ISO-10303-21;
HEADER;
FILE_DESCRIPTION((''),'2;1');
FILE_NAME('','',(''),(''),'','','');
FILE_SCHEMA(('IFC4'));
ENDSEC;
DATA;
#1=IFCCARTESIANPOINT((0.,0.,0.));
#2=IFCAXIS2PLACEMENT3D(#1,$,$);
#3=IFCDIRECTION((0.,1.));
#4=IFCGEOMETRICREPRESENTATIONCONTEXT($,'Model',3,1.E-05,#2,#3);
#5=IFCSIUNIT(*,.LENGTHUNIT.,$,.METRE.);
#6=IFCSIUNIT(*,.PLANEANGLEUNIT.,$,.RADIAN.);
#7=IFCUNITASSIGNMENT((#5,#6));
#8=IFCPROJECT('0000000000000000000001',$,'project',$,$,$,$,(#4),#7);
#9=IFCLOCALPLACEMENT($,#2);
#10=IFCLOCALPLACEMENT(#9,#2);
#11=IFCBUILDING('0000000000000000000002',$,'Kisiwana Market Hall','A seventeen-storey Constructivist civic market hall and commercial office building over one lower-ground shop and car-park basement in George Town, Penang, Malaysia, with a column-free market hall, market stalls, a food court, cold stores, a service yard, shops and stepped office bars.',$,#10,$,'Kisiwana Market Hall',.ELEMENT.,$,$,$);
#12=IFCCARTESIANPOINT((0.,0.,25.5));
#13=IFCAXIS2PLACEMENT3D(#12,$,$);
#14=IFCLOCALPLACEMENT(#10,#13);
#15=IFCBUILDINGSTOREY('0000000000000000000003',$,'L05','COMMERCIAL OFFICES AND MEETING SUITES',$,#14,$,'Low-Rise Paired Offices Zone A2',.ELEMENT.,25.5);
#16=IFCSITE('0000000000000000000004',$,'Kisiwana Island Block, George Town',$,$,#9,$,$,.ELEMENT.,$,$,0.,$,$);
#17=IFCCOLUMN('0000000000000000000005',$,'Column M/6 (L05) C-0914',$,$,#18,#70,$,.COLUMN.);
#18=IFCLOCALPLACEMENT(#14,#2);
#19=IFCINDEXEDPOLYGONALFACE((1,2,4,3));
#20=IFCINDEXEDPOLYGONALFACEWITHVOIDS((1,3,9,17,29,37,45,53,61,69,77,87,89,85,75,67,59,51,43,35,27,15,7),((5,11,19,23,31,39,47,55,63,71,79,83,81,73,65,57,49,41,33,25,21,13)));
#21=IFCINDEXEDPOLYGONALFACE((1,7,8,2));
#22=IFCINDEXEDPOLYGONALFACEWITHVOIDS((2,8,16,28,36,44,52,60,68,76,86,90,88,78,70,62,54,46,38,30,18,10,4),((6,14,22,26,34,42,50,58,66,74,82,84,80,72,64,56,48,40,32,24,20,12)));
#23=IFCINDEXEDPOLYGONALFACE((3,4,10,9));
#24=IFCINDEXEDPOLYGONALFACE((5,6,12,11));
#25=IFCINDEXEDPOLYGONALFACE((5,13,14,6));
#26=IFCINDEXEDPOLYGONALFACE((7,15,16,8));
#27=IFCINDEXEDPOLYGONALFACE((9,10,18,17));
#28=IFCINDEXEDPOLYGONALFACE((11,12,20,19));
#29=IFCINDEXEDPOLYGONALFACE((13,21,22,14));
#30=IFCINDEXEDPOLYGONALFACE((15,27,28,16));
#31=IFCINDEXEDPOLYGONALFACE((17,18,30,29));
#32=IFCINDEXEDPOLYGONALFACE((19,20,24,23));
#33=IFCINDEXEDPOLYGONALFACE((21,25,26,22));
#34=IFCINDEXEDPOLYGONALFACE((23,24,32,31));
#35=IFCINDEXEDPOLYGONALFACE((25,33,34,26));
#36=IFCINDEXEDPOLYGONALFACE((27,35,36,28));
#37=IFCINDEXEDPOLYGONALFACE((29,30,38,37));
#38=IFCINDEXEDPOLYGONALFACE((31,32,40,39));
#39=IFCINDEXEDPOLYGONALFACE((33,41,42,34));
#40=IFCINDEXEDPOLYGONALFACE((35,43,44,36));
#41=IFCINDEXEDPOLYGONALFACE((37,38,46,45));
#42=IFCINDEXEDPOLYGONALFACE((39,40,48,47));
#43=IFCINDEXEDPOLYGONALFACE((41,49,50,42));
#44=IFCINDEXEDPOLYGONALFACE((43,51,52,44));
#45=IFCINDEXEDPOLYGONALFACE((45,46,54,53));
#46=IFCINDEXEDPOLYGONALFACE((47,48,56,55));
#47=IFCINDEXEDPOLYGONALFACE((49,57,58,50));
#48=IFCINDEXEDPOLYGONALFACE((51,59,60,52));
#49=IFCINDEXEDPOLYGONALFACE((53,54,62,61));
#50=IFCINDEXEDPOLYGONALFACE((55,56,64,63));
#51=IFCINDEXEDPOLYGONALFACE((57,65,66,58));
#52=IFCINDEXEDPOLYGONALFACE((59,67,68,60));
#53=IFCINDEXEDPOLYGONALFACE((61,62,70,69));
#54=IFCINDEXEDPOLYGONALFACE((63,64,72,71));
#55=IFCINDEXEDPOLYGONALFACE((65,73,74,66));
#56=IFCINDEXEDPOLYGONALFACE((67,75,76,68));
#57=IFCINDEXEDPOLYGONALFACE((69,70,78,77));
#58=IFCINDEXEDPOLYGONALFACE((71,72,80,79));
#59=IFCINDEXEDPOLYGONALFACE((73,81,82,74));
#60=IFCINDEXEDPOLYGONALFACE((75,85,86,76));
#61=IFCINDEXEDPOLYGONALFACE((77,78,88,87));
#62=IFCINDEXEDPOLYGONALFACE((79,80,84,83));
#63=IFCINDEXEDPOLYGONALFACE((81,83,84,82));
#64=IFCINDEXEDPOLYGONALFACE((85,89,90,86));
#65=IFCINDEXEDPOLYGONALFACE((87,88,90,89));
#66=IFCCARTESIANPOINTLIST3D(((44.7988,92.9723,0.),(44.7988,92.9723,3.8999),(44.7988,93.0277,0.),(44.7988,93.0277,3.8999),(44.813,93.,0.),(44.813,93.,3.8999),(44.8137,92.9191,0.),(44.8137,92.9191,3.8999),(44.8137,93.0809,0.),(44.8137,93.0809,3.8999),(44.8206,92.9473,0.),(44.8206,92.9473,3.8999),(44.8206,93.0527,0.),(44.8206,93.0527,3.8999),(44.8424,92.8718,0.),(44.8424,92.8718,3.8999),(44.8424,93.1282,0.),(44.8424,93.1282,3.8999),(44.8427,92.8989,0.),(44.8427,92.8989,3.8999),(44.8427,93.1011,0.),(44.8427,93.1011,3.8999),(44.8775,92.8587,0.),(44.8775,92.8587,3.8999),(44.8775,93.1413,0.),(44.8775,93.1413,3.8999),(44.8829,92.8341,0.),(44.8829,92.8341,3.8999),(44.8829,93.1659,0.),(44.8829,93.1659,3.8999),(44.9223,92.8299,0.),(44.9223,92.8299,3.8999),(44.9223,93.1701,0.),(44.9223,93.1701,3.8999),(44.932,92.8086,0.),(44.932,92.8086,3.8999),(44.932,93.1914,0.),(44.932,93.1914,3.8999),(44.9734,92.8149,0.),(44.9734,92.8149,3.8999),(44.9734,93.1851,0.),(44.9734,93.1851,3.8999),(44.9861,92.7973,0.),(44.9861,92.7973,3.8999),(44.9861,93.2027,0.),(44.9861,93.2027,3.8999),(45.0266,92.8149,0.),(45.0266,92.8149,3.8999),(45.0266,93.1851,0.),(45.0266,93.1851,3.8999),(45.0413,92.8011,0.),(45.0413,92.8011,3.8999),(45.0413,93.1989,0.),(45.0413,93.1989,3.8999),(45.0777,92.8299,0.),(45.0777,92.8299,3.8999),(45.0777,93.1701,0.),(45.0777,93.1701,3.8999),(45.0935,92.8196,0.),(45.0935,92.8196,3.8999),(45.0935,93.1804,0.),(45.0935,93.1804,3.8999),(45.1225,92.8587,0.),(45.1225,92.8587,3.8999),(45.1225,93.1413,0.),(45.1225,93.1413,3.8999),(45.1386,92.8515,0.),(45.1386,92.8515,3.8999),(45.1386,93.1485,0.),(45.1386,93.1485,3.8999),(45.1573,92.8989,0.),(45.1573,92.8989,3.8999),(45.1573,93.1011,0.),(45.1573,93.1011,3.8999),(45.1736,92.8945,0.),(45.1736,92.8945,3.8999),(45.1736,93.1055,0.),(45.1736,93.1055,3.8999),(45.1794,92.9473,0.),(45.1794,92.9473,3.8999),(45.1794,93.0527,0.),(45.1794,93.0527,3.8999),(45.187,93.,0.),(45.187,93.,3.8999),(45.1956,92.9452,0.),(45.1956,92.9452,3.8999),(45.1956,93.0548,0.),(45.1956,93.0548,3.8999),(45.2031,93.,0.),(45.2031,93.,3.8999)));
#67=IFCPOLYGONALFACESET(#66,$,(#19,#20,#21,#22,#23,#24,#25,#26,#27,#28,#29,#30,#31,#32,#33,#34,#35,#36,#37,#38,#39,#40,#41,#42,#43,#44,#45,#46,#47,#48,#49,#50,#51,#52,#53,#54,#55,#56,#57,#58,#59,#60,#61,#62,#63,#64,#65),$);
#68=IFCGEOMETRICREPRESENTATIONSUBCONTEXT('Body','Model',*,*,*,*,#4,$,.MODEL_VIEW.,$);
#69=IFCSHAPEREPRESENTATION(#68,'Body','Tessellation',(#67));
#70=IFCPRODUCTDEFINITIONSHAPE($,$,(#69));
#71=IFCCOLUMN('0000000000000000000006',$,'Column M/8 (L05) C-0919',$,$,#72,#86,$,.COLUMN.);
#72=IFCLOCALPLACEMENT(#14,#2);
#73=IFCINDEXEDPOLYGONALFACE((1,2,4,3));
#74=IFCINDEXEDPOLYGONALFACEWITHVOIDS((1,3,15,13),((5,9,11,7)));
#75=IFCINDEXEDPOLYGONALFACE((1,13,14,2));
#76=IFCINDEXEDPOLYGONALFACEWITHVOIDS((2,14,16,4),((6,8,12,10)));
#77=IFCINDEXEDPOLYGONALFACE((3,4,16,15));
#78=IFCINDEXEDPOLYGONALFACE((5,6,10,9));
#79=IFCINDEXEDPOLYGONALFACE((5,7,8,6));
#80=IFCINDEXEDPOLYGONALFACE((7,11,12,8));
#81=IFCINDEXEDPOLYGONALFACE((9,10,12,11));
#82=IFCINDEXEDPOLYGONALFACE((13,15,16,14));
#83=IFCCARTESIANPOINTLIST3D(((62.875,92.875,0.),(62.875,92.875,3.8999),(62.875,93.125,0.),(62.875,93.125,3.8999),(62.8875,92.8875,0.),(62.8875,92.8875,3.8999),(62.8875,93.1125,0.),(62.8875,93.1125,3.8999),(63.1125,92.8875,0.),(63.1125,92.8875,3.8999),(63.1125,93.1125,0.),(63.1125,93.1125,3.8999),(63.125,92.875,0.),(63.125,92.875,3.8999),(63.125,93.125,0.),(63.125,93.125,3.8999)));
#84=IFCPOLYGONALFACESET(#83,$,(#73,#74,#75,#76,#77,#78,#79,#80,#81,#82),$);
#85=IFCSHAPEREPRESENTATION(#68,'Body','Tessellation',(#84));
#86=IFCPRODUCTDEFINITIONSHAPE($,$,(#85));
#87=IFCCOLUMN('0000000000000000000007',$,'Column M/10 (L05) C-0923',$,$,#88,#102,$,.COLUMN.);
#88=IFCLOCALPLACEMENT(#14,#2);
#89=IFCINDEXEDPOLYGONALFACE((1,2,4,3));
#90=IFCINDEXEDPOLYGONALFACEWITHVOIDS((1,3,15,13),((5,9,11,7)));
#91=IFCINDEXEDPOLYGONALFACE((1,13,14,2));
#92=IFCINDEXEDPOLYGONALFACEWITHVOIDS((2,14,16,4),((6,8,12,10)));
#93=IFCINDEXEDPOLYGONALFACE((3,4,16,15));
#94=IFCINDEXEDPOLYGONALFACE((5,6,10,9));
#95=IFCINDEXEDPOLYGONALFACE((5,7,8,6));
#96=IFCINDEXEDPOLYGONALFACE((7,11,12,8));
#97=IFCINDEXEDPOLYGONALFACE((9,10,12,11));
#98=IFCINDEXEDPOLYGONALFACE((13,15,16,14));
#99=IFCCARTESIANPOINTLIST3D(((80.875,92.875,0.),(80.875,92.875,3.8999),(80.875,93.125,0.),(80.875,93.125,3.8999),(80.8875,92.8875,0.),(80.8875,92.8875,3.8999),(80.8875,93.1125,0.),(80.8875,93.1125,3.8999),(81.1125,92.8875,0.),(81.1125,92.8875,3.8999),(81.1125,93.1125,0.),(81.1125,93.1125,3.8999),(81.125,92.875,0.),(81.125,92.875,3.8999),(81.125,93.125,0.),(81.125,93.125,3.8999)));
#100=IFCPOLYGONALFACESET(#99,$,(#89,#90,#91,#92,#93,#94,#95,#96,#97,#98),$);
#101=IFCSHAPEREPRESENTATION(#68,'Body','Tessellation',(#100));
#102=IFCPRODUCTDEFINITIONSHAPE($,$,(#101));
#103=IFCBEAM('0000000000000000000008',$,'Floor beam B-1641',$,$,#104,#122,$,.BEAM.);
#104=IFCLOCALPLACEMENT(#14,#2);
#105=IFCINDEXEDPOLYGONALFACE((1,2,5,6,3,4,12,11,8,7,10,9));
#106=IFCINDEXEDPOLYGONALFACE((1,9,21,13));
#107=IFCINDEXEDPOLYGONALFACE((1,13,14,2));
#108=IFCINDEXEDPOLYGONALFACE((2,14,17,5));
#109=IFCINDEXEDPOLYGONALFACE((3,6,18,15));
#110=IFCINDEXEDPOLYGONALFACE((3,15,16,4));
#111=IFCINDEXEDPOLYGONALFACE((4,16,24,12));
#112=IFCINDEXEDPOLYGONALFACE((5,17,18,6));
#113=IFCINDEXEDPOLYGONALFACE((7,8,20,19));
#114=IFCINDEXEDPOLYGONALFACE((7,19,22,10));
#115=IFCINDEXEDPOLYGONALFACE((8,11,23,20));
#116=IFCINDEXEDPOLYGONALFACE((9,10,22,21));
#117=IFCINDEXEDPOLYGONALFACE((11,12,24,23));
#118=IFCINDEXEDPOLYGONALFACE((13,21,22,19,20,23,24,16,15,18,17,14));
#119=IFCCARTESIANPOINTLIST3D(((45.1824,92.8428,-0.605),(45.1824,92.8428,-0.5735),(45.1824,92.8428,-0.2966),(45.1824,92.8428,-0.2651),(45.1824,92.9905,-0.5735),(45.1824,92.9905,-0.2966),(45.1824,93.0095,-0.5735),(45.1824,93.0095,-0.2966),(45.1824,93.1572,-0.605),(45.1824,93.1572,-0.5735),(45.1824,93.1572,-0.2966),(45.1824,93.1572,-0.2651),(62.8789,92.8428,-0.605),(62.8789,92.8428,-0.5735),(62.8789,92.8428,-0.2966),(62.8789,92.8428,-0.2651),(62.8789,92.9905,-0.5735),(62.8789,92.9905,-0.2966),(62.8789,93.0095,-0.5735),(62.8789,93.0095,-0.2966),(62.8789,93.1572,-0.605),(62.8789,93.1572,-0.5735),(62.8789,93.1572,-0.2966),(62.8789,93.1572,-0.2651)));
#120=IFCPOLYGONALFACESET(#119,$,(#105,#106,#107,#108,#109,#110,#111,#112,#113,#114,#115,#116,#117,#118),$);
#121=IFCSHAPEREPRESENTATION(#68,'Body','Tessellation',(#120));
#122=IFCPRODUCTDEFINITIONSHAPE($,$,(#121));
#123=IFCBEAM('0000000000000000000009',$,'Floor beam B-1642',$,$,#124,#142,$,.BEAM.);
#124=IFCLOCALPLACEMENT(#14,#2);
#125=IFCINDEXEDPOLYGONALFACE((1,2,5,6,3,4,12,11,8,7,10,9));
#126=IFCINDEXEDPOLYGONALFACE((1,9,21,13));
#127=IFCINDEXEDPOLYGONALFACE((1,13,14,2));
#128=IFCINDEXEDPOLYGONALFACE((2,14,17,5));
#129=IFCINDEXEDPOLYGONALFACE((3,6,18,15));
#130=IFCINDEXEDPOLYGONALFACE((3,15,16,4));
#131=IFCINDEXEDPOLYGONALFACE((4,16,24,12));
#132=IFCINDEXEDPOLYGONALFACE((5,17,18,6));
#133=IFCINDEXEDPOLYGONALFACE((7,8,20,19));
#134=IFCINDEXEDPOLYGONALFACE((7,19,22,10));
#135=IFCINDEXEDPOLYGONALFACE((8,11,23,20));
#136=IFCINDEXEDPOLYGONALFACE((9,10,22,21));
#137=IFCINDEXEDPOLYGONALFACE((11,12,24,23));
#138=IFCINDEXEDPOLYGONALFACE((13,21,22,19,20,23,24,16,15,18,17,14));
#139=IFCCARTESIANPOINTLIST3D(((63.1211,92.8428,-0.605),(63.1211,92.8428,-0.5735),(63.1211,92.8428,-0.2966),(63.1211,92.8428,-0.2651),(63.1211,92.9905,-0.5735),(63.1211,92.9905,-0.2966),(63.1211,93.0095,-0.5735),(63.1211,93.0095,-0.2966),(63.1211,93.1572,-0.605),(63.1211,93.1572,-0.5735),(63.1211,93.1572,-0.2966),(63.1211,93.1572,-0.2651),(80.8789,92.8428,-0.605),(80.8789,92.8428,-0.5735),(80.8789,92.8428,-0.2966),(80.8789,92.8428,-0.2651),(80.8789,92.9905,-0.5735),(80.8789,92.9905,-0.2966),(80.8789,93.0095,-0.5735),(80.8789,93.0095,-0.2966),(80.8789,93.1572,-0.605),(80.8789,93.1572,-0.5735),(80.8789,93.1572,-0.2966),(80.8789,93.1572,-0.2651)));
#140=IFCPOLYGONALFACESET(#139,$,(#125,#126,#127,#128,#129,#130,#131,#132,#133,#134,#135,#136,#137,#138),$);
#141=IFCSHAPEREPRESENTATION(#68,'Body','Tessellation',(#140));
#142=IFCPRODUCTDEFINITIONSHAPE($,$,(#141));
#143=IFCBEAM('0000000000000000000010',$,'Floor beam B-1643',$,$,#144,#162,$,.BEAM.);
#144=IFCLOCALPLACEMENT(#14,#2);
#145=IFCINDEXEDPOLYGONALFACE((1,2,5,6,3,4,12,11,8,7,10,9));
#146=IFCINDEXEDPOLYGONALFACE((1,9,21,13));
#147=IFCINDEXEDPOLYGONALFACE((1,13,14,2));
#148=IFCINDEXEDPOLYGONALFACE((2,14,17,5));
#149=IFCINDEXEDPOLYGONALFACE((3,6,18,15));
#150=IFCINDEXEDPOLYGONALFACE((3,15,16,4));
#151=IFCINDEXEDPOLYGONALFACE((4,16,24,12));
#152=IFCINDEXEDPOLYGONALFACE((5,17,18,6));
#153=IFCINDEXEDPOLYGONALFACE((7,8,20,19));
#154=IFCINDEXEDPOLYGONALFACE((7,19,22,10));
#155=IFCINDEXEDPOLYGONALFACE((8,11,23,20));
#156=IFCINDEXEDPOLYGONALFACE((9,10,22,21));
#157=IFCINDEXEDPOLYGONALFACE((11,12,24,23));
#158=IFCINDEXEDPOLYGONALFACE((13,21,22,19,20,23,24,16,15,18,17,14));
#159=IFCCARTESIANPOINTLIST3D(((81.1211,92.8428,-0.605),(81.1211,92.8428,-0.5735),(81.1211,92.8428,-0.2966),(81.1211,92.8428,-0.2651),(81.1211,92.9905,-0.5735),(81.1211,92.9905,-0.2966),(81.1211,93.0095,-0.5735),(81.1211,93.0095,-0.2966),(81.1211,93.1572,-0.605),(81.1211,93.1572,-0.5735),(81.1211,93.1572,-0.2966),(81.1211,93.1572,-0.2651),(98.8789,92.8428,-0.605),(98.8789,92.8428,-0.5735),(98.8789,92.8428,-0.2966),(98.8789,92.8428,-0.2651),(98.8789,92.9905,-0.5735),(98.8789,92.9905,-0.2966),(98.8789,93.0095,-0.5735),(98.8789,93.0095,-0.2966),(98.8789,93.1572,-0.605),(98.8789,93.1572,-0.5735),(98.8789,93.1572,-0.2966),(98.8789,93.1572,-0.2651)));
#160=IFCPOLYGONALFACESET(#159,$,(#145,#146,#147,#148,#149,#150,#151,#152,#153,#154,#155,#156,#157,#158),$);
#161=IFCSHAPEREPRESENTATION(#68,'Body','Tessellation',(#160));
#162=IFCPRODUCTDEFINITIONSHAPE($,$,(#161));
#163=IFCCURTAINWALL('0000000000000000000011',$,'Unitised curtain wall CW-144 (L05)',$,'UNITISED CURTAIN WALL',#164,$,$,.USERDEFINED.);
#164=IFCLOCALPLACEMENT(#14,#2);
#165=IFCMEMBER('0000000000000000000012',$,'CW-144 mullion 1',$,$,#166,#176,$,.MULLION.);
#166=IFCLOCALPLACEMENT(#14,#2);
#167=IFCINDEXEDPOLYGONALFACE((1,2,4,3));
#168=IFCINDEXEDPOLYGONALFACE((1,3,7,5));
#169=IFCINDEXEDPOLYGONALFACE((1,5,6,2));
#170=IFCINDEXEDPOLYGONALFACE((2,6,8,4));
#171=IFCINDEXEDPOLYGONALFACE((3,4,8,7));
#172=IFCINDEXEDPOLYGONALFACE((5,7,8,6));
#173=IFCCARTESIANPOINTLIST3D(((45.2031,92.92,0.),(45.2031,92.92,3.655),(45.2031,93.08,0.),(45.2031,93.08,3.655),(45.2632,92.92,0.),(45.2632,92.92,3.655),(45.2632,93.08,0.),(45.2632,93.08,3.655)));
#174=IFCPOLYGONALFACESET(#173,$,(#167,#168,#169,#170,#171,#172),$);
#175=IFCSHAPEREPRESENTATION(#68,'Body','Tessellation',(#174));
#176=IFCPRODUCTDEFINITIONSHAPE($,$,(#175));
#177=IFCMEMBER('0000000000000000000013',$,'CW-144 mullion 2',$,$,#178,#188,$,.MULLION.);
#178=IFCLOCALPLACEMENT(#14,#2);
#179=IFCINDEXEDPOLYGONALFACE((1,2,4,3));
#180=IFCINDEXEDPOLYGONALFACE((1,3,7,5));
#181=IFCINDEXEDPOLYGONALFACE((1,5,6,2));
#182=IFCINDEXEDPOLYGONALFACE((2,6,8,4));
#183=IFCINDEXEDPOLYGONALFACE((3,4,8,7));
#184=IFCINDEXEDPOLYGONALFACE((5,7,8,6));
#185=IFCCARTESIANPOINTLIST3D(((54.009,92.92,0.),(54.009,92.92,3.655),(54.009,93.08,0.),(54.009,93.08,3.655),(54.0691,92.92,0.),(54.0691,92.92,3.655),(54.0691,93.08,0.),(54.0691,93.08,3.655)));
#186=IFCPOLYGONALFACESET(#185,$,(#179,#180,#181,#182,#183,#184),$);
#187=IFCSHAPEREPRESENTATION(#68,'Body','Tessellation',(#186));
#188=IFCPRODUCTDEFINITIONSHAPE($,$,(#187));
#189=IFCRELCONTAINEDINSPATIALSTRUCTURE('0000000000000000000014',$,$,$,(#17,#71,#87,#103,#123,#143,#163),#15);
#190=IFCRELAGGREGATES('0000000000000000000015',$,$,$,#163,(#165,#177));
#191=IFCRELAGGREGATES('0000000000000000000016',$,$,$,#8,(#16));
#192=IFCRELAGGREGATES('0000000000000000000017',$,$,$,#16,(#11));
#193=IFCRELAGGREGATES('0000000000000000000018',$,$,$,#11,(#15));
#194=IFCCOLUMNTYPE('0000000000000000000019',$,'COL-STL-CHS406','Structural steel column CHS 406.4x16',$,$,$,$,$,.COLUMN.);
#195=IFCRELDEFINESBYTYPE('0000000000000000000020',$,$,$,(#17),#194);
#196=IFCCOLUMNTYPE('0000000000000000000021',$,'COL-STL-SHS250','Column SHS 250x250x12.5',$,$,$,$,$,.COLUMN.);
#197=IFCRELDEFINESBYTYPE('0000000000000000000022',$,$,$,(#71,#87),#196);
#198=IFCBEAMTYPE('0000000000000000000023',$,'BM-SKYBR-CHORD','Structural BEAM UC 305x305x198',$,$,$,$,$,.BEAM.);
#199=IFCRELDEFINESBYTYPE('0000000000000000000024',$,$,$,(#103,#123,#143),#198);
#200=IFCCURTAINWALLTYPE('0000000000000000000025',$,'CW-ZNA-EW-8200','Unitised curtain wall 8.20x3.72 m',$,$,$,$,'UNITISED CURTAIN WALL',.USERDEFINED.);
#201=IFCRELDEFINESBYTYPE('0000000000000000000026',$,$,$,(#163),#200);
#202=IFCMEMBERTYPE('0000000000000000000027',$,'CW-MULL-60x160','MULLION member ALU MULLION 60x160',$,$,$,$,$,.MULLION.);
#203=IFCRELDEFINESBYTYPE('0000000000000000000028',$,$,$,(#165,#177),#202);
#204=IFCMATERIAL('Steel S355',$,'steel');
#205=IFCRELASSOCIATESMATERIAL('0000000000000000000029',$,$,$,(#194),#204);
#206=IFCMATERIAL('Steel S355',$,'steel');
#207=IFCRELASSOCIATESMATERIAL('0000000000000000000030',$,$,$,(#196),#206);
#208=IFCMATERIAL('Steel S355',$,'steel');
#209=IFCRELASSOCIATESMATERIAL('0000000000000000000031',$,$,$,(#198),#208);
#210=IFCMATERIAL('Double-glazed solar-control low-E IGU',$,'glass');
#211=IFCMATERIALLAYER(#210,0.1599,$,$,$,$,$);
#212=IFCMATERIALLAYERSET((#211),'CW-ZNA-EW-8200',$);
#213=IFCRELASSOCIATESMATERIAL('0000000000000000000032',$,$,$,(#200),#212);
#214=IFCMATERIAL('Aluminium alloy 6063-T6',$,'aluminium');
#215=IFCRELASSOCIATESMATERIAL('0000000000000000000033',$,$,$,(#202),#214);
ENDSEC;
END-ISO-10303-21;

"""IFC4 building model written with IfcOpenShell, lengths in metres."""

from ifc_helpers import new_model, si_unit, direction, frame, origin, origin_2d, place, context, subcontext, project, spatial, rectangle, hollow_rectangle, hollow_circle, i_section, extrude, material, layer, layer_set, material_profile, profile_set, type_object, element, aggregate, save


model = new_model("IFC4")

# Units and contexts
model_context = context("Model", 3, precision=1e-05, world=origin(), true_north=direction((0.0, 1.0)))
body_context = subcontext(model_context, "Body", "Model", "MODEL_VIEW")
ifc_project = project(units=[si_unit("LENGTHUNIT", "METRE"), si_unit("PLANEANGLEUNIT", "RADIAN")], contexts=[model_context])

# Site, building, storey
site_placement = place(None, origin())
site = spatial("IfcSite", under=ifc_project, at=site_placement, Name="Kisiwana Island Block, George Town", CompositionType="ELEMENT", RefElevation=0.0)
building_placement = place(site_placement, origin())
building = spatial("IfcBuilding", under=site, at=building_placement, Name="Kisiwana Market Hall", Description="A seventeen-storey Constructivist civic market hall and commercial office building over one lower-ground shop and car-park basement in George Town, Penang, Malaysia, with a column-free market hall, market stalls, a food court, cold stores, a service yard, shops and stepped office bars.", LongName="Kisiwana Market Hall", CompositionType="ELEMENT")
storey_placement = place(building_placement, frame((0.0, 0.0, 25.5)))
storey = spatial("IfcBuildingStorey", under=building, at=storey_placement, Name="L05", Description="COMMERCIAL OFFICES AND MEETING SUITES", LongName="Low-Rise Paired Offices Zone A2", CompositionType="ELEMENT", Elevation=25.5)

# Columns
ifc_material_1 = material(Name="Steel S355", Category="steel")
ifc_material_profile_1 = material_profile(ifc_material_1, hollow_circle(Radius=0.2031, WallThickness=0.0161, at=origin_2d()), Name="CHS 406.4x16")
ifc_profile_set_1 = profile_set([ifc_material_profile_1], Name="Steel S355")
column_type_1 = type_object("IfcColumnType", Name="COL-STL-CHS406", Description="Structural steel column CHS 406.4x16", PredefinedType="COLUMN", material=ifc_profile_set_1)
column_placement = place(storey_placement, frame((45.0, 93.0, 0.0), z_axis=(0.0, 0.0, 1.0), x_axis=(1.0, 0.0, 0.0)))
element("IfcColumn", 1, at=column_placement, inside=storey, type_object=column_type_1, Name="Column M/6 (L05) C-0914", PredefinedType="COLUMN", context=body_context, shape_type="SweptSolid", body=[
    extrude(hollow_circle(Radius=0.2031, WallThickness=0.0161, at=origin_2d()), origin(), (0.0, 0.0, 1.0), 3.8999),
])
ifc_material_2 = material(Name="Steel S355", Category="steel")
ifc_material_profile_2 = material_profile(ifc_material_2, hollow_rectangle(XDim=0.25, YDim=0.25, WallThickness=0.0125, at=origin_2d()), Name="SHS 250x250x12.5")
ifc_profile_set_2 = profile_set([ifc_material_profile_2], Name="Steel S355")
column_type_2 = type_object("IfcColumnType", Name="COL-STL-SHS250", Description="Column SHS 250x250x12.5", PredefinedType="COLUMN", material=ifc_profile_set_2)
for number, where, z_axis, x_axis, name in (
    (2, (63.0, 93.0, 0.0), (0.0, 0.0, 1.0), (1.0, 0.0, 0.0), "Column M/8 (L05) C-0919"),
    (3, (81.0, 93.0, 0.0), (0.0, 0.0, 1.0), (1.0, 0.0, 0.0), "Column M/10 (L05) C-0923"),
):
    element("IfcColumn", number, at=place(storey_placement, frame(where, z_axis=z_axis, x_axis=x_axis)), inside=storey, type_object=column_type_2, Name=name, PredefinedType="COLUMN", context=body_context, shape_type="SweptSolid", body=[
        extrude(hollow_rectangle(XDim=0.25, YDim=0.25, WallThickness=0.0125, at=origin_2d()), origin(), (0.0, 0.0, 1.0), 3.8999),
    ])

# Beams
ifc_material_3 = material(Name="Steel S355", Category="steel")
ifc_material_profile_3 = material_profile(ifc_material_3, i_section(OverallWidth=0.3145, OverallDepth=0.3398, WebThickness=0.019, FlangeThickness=0.0315, at=origin_2d()), Name="UC 305x305x198")
ifc_profile_set_3 = profile_set([ifc_material_profile_3], Name="Steel S355")
beam_type = type_object("IfcBeamType", Name="BM-SKYBR-CHORD", Description="Structural BEAM UC 305x305x198", PredefinedType="BEAM", material=ifc_profile_set_3)
beam_placement = place(storey_placement, frame((45.1824, 93.0, -0.4351), z_axis=(1.0, 0.0, 0.0), x_axis=(0.0, 1.0, 0.0)))
element("IfcBeam", 4, at=beam_placement, inside=storey, type_object=beam_type, Name="Floor beam B-1641", PredefinedType="BEAM", context=body_context, shape_type="SweptSolid", body=[
    extrude(i_section(OverallWidth=0.3145, OverallDepth=0.3398, WebThickness=0.019, FlangeThickness=0.0315, at=origin_2d()), origin(), (0.0, 0.0, 1.0), 17.6965),
])
for number, where, z_axis, x_axis, name in (
    (5, (63.1211, 93.0, -0.4351), (1.0, 0.0, 0.0), (0.0, 1.0, 0.0), "Floor beam B-1642"),
    (6, (81.1211, 93.0, -0.4351), (1.0, 0.0, 0.0), (0.0, 1.0, 0.0), "Floor beam B-1643"),
):
    element("IfcBeam", number, at=place(storey_placement, frame(where, z_axis=z_axis, x_axis=x_axis)), inside=storey, type_object=beam_type, Name=name, PredefinedType="BEAM", context=body_context, shape_type="SweptSolid", body=[
        extrude(i_section(OverallWidth=0.3145, OverallDepth=0.3398, WebThickness=0.019, FlangeThickness=0.0315, at=origin_2d()), origin(), (0.0, 0.0, 1.0), 17.7578),
    ])

# Curtain wall, members
ifc_material_4 = material(Name="Double-glazed solar-control low-E IGU", Category="glass")
ifc_layer_1 = layer(ifc_material_4, 0.1599)
ifc_layer_set_1 = layer_set([ifc_layer_1], Name="CW-ZNA-EW-8200")
curtain_wall_type = type_object("IfcCurtainWallType", Name="CW-ZNA-EW-8200", Description="Unitised curtain wall 8.20x3.72 m", ElementType="UNITISED CURTAIN WALL", PredefinedType="USERDEFINED", material=ifc_layer_set_1)
curtain_wall_1_placement = place(storey_placement, origin())
curtain_wall_1 = element("IfcCurtainWall", 7, at=curtain_wall_1_placement, inside=storey, type_object=curtain_wall_type, Name="Unitised curtain wall CW-144 (L05)", ObjectType="UNITISED CURTAIN WALL", PredefinedType="USERDEFINED")
ifc_material_5 = material(Name="Aluminium alloy 6063-T6", Category="aluminium")
ifc_material_profile_4 = material_profile(ifc_material_5, rectangle(XDim=0.0601, YDim=0.1599, at=origin_2d()), Name="ALU MULLION 60x160")
ifc_profile_set_4 = profile_set([ifc_material_profile_4], Name="Aluminium alloy 6063-T6")
member_type_1 = type_object("IfcMemberType", Name="CW-MULL-60x160", Description="MULLION member ALU MULLION 60x160", PredefinedType="MULLION", material=ifc_profile_set_4)
member_1_placement = place(storey_placement, frame((45.2332, 93.0, 0.0), z_axis=(0.0, 0.0, 1.0), x_axis=(1.0, 0.0, 0.0)))
member_1 = element("IfcMember", 8, at=member_1_placement, type_object=member_type_1, Name="CW-144 mullion 1", PredefinedType="MULLION", context=body_context, shape_type="SweptSolid", body=[
    extrude(rectangle(XDim=0.0601, YDim=0.1599, at=origin_2d()), origin(), (0.0, 0.0, 1.0), 3.655),
])
member_2_placement = place(storey_placement, frame((54.0391, 93.0, 0.0), z_axis=(0.0, 0.0, 1.0), x_axis=(1.0, 0.0, 0.0)))
member_2 = element("IfcMember", 9, at=member_2_placement, type_object=member_type_1, Name="CW-144 mullion 2", PredefinedType="MULLION", context=body_context, shape_type="SweptSolid", body=[
    extrude(rectangle(XDim=0.0601, YDim=0.1599, at=origin_2d()), origin(), (0.0, 0.0, 1.0), 3.655),
])

aggregate(curtain_wall_1, [member_1, member_2])

save(model, "model.ifc")
